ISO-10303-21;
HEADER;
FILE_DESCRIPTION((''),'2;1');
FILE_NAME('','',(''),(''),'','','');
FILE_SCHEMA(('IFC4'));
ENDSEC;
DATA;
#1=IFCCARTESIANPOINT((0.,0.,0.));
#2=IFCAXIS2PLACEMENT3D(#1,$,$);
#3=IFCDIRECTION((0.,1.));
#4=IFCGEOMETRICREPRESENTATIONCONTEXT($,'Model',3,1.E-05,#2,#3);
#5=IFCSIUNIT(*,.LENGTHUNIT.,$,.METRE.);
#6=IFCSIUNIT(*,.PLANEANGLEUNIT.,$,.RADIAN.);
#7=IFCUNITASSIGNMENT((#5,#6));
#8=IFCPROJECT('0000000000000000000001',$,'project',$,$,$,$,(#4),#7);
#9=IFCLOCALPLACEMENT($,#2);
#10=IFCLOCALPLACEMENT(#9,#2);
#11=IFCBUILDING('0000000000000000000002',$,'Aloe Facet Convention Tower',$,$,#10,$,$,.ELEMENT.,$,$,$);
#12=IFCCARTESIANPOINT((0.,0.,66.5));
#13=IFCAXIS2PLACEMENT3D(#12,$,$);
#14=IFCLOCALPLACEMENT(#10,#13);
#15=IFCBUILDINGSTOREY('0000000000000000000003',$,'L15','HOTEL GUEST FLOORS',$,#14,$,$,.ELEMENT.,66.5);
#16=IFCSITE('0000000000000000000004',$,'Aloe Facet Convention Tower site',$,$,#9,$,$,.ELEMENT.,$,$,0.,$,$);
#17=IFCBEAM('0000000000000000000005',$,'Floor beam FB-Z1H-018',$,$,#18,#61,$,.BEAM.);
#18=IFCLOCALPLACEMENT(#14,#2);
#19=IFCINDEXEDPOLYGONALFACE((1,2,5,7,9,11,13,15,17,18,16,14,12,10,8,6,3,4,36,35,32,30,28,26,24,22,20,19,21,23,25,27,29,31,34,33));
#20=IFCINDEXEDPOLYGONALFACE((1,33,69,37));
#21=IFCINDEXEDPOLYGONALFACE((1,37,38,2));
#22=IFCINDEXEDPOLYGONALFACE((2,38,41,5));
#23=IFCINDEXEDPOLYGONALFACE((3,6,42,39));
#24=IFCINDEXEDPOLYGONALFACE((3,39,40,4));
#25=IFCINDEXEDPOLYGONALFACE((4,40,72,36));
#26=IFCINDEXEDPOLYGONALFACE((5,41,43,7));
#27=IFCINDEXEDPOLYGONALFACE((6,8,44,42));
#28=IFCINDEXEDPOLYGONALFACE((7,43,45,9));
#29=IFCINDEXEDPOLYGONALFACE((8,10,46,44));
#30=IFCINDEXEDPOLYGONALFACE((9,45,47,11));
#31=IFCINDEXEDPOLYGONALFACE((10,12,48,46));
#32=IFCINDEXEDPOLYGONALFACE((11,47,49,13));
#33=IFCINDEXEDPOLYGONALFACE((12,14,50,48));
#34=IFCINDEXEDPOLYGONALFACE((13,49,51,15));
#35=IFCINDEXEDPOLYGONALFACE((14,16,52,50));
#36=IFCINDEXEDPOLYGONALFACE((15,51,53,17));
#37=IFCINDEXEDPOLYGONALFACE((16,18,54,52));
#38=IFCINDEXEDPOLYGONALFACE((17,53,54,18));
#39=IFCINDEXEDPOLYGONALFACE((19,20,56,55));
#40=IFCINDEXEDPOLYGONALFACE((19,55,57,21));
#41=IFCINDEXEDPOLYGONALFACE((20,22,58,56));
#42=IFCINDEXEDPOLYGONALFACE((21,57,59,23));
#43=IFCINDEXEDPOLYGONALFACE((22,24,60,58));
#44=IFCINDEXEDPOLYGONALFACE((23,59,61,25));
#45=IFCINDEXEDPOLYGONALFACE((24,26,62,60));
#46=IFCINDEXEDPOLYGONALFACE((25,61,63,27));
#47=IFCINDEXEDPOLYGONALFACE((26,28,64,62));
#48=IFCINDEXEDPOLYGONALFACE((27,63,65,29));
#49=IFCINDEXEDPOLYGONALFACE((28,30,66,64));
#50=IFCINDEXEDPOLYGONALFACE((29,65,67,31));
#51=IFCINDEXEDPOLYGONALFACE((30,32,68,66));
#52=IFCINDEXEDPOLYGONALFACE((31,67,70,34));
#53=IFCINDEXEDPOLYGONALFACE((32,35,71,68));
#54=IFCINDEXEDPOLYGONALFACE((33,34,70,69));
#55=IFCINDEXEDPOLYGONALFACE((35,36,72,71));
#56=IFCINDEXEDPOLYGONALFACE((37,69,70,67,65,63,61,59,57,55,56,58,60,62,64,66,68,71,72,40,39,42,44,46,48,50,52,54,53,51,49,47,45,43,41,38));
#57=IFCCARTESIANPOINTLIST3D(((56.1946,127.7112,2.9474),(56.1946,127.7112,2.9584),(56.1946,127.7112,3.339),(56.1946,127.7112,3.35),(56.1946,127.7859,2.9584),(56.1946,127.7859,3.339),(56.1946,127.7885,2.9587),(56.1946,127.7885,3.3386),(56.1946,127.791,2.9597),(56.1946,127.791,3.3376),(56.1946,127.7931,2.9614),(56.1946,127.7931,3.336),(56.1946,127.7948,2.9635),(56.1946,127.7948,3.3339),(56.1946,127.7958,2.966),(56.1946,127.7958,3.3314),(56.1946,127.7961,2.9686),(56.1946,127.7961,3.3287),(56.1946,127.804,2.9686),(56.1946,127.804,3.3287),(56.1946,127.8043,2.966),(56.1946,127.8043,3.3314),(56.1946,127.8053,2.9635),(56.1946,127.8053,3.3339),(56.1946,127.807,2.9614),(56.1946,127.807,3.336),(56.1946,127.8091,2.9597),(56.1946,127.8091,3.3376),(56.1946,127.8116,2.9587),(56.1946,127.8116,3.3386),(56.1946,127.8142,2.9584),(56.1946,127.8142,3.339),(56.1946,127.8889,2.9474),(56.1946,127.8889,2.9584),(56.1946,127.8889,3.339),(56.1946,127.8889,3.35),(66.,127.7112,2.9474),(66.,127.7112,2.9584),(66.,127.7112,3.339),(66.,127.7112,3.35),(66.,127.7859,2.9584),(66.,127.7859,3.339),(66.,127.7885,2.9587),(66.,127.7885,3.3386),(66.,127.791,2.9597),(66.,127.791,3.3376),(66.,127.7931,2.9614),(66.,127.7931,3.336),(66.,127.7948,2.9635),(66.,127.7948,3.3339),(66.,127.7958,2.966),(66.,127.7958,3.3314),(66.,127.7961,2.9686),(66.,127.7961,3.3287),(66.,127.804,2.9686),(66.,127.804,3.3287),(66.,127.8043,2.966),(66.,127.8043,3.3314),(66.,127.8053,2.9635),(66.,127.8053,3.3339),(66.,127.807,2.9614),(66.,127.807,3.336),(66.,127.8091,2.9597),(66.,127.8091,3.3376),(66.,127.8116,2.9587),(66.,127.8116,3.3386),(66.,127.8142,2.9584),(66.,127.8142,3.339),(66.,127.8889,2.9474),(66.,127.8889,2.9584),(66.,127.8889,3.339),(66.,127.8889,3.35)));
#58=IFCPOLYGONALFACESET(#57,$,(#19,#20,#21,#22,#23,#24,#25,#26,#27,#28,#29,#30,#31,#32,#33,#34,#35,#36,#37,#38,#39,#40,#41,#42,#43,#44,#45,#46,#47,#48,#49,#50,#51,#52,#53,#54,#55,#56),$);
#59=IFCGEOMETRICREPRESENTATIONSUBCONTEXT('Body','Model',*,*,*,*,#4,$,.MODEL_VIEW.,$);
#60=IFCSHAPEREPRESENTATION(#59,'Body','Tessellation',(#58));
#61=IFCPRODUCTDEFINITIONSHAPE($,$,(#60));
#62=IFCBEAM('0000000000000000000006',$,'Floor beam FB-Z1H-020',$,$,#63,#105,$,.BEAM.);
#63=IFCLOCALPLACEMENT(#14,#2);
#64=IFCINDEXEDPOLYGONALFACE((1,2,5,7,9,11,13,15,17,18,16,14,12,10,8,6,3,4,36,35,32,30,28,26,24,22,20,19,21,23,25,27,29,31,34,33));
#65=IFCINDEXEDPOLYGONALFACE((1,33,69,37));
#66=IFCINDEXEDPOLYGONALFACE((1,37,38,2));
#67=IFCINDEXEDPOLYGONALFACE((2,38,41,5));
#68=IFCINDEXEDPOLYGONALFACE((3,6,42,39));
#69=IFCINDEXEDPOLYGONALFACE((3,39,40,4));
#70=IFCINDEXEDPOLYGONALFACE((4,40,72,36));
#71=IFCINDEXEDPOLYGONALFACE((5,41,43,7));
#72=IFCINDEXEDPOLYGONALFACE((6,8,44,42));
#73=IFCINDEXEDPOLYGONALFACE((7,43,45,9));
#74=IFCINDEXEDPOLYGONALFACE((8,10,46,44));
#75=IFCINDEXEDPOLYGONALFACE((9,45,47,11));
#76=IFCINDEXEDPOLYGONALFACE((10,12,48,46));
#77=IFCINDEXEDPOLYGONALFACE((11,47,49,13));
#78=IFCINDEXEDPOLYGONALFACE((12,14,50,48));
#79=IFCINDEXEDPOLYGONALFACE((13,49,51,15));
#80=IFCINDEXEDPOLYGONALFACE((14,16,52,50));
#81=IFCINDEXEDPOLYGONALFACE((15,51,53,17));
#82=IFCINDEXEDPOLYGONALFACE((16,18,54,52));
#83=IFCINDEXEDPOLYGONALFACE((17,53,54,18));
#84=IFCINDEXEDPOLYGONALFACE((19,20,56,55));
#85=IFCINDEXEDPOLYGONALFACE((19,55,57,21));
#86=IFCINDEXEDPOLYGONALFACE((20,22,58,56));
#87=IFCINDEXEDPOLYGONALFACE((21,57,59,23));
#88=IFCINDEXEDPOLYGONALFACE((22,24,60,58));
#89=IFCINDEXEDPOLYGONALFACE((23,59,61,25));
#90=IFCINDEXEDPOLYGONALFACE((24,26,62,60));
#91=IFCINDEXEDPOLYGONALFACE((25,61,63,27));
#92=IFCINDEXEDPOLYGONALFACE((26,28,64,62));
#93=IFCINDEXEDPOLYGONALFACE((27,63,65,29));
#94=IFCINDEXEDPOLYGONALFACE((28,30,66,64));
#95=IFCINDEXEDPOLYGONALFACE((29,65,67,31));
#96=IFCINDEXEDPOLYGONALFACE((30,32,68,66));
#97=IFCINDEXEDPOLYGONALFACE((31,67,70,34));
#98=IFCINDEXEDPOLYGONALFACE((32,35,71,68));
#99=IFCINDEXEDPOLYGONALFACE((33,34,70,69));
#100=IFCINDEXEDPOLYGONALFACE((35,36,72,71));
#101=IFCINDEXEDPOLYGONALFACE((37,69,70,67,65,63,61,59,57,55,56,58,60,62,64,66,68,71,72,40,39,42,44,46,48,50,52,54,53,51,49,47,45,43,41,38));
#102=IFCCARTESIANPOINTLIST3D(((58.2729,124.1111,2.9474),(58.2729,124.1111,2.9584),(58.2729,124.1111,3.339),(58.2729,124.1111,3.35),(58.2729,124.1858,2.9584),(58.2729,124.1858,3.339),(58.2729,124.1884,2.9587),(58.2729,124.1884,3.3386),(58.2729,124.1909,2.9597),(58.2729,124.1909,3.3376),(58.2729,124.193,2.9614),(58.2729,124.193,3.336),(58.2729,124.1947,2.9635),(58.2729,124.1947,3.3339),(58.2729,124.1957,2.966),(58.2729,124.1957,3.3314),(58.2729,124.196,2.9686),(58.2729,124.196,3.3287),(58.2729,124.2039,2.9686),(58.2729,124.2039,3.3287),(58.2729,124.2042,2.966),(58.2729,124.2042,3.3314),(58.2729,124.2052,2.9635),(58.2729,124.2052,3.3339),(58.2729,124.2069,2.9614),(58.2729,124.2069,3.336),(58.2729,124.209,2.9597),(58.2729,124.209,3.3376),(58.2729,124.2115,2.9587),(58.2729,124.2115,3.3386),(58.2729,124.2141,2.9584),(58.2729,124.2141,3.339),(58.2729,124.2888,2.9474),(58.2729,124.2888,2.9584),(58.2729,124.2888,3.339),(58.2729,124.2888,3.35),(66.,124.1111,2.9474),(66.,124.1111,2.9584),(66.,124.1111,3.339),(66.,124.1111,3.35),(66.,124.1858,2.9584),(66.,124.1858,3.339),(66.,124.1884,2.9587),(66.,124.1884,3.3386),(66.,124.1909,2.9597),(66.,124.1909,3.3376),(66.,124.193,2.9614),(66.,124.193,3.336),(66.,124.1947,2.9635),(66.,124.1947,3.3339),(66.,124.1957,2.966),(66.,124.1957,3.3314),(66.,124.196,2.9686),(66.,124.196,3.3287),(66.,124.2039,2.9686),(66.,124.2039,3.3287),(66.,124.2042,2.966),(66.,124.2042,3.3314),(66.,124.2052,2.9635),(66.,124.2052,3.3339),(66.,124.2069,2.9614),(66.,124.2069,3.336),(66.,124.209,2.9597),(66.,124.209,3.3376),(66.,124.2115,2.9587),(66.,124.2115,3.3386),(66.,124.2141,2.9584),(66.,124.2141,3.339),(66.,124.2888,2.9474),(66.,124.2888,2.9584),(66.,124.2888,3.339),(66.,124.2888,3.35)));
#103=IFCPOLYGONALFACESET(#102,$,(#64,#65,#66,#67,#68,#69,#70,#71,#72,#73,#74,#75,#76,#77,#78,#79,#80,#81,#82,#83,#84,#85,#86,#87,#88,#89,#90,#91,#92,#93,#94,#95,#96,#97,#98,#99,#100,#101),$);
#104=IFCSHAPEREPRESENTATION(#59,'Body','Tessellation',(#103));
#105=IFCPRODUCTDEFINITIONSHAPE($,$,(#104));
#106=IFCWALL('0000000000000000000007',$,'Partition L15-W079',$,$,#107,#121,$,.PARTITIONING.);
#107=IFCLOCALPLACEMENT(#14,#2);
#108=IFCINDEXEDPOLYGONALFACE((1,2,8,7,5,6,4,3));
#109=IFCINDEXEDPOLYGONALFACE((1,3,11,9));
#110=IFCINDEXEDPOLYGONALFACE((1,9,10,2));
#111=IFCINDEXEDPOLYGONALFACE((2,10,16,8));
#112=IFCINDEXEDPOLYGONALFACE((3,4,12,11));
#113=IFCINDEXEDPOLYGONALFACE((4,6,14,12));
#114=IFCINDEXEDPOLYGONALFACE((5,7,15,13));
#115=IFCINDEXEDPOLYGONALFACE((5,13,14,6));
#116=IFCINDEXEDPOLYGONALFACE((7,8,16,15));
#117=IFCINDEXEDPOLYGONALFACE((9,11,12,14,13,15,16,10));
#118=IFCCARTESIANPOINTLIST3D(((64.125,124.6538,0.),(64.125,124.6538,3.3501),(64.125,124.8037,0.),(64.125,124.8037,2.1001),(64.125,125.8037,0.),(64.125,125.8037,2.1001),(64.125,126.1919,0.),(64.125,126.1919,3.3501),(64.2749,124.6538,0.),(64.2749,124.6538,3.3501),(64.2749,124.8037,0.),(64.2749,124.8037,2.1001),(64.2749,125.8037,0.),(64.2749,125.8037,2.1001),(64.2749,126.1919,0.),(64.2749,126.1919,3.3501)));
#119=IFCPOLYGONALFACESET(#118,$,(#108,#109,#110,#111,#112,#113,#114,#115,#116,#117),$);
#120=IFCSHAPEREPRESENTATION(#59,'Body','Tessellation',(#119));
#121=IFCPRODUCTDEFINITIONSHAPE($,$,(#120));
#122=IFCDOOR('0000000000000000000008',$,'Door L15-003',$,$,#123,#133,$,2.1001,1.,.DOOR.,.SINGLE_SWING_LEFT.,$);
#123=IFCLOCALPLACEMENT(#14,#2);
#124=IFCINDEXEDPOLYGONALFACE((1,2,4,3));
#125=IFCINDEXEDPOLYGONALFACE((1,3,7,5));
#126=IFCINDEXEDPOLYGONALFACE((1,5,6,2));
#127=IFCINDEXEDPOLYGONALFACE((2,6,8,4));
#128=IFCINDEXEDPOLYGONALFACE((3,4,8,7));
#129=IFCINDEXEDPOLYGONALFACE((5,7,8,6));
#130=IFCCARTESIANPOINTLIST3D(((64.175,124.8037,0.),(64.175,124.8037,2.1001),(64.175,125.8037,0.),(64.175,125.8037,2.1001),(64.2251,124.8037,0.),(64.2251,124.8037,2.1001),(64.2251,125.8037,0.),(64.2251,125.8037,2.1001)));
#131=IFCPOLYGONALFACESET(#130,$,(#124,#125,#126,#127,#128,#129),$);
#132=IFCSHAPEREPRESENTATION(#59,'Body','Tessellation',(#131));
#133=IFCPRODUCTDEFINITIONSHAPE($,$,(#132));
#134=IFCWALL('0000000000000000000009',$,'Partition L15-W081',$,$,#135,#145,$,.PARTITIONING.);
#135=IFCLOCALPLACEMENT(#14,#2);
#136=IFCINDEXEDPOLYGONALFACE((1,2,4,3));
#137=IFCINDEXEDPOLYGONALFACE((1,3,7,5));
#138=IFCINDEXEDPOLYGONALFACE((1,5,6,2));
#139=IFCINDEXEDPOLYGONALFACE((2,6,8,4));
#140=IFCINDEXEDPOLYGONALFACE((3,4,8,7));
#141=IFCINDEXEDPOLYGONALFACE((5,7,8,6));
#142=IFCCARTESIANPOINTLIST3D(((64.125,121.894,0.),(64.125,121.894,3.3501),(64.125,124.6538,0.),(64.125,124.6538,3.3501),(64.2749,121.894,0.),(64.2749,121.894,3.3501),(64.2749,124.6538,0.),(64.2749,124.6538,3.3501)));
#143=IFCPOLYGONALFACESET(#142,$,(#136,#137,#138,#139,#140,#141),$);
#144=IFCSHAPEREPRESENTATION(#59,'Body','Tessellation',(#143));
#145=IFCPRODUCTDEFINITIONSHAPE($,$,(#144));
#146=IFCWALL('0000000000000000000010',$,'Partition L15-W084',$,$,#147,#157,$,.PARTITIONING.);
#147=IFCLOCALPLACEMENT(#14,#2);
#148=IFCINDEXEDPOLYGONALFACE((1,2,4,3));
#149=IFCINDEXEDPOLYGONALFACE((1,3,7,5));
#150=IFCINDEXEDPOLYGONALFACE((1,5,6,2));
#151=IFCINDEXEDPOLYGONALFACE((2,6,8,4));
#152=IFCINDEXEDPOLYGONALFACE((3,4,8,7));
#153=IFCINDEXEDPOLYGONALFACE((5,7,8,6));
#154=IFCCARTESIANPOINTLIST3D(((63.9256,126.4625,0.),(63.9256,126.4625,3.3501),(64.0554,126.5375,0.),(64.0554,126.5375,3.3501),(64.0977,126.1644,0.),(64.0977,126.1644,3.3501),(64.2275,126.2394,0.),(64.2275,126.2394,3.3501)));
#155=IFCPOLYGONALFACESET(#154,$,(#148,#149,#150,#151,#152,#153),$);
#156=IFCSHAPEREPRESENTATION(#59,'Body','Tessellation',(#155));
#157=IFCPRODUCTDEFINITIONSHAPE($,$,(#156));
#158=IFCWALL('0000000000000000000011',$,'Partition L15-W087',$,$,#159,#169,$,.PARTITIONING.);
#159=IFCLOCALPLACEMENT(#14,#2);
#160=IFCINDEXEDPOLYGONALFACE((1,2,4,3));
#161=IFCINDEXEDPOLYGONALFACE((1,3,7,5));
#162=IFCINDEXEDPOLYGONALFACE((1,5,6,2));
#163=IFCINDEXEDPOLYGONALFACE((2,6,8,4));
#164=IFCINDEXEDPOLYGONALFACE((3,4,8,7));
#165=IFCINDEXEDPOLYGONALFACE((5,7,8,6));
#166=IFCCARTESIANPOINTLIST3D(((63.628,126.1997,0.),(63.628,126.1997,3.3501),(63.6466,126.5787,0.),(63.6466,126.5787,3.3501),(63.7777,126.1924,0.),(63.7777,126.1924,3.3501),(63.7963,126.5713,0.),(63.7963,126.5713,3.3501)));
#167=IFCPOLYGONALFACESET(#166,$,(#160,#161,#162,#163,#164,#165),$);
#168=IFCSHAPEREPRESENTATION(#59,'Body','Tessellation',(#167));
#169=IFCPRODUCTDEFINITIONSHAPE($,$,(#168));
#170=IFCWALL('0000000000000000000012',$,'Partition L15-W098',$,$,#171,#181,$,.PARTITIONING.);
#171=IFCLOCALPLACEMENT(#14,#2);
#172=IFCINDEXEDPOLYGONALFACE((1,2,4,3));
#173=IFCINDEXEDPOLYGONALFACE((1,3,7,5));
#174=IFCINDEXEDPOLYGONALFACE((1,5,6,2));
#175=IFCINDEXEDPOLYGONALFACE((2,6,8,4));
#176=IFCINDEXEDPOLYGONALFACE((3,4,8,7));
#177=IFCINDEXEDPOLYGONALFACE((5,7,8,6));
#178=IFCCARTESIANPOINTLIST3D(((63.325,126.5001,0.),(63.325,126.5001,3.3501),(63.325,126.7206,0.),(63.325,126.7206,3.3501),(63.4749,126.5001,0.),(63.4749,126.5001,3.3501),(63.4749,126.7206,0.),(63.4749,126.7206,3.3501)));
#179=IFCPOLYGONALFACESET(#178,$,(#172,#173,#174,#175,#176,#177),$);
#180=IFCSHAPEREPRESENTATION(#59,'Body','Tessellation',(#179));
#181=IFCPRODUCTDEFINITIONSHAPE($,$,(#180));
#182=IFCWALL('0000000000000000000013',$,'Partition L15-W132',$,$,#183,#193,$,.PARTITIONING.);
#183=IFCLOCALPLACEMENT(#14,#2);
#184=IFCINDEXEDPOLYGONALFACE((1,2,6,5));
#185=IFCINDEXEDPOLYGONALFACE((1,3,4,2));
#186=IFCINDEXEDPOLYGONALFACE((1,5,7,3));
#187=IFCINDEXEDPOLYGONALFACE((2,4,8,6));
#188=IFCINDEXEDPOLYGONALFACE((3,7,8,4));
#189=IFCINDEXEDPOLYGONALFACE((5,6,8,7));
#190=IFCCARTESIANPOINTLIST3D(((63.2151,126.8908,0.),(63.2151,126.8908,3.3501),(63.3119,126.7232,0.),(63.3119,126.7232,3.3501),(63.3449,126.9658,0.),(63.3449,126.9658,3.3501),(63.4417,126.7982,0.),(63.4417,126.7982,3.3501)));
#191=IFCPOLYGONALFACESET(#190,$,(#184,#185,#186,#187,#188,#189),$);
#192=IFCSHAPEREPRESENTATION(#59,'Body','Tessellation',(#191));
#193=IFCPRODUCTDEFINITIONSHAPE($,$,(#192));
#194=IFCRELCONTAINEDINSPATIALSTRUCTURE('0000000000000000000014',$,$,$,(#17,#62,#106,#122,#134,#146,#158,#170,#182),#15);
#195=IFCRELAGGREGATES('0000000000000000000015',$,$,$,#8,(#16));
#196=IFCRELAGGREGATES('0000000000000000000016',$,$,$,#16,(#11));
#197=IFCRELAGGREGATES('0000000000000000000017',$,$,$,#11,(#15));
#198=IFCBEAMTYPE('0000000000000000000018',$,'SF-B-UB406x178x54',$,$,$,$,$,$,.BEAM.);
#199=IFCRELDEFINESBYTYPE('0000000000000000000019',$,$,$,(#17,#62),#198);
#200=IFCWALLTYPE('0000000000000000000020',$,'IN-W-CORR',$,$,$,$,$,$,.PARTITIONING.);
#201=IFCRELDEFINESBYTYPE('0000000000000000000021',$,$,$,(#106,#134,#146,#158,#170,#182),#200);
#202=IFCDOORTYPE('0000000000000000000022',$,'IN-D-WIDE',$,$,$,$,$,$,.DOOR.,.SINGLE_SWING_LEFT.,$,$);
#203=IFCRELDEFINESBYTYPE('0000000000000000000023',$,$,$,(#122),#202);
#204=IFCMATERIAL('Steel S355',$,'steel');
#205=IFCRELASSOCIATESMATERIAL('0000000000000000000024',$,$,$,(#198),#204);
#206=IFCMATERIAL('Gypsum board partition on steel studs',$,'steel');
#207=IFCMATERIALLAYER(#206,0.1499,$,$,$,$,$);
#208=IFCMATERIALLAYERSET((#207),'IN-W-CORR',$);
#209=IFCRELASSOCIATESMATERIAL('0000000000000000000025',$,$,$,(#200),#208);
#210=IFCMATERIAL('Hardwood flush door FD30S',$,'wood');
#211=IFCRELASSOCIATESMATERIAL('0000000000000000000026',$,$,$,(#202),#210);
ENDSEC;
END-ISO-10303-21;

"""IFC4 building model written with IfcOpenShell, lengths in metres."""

from ifc_helpers import new_model, si_unit, direction, frame, frame_2d, origin, origin_2d, place, context, subcontext, project, spatial, rectangle, i_section, extrude, material, layer, layer_set, material_profile, profile_set, type_object, element, fill, save


model = new_model("IFC4")

# Units and contexts
model_context = context("Model", 3, precision=1e-05, world=origin(), true_north=direction((0.0, 1.0)))
body_context = subcontext(model_context, "Body", "Model", "MODEL_VIEW")
ifc_project = project(units=[si_unit("LENGTHUNIT", "METRE"), si_unit("PLANEANGLEUNIT", "RADIAN")], contexts=[model_context])

# Site, building, storey
site_placement = place(None, origin())
site = spatial("IfcSite", under=ifc_project, at=site_placement, Name="Aloe Facet Convention Tower site", CompositionType="ELEMENT", RefElevation=0.0)
building_placement = place(site_placement, origin())
building = spatial("IfcBuilding", under=site, at=building_placement, Name="Aloe Facet Convention Tower", CompositionType="ELEMENT")
storey_placement = place(building_placement, frame((0.0, 0.0, 66.5)))
storey = spatial("IfcBuildingStorey", under=building, at=storey_placement, Name="L15", Description="HOTEL GUEST FLOORS", CompositionType="ELEMENT", Elevation=66.5)

# Beams
ifc_material_1 = material(Name="Steel S355", Category="steel")
ifc_material_profile = material_profile(ifc_material_1, i_section(OverallWidth=0.1777, OverallDepth=0.4026, WebThickness=0.0078, FlangeThickness=0.011, FilletRadius=0.0103, at=origin_2d()), Name="UB 406x178x54")
ifc_profile_set = profile_set([ifc_material_profile], Name="Steel S355")
beam_type = type_object("IfcBeamType", Name="SF-B-UB406x178x54", PredefinedType="BEAM", material=ifc_profile_set)
beam_1_placement = place(storey_placement, frame((56.1946, 127.8, 3.1487), z_axis=(1.0, 0.0, 0.0), x_axis=(0.0, 1.0, 0.0)))
element("IfcBeam", 1, at=beam_1_placement, inside=storey, type_object=beam_type, Name="Floor beam FB-Z1H-018", PredefinedType="BEAM", context=body_context, shape_type="SweptSolid", body=[
    extrude(i_section(OverallWidth=0.1777, OverallDepth=0.4026, WebThickness=0.0078, FlangeThickness=0.011, FilletRadius=0.0103, at=origin_2d()), origin(), (0.0, 0.0, 1.0), 9.8054),
])
beam_2_placement = place(storey_placement, frame((58.2729, 124.2, 3.1487), z_axis=(1.0, 0.0, 0.0), x_axis=(0.0, 1.0, 0.0)))
element("IfcBeam", 2, at=beam_2_placement, inside=storey, type_object=beam_type, Name="Floor beam FB-Z1H-020", PredefinedType="BEAM", context=body_context, shape_type="SweptSolid", body=[
    extrude(i_section(OverallWidth=0.1777, OverallDepth=0.4026, WebThickness=0.0078, FlangeThickness=0.011, FilletRadius=0.0103, at=origin_2d()), origin(), (0.0, 0.0, 1.0), 7.7271),
])

# Wall, opening, door
ifc_material_2 = material(Name="Gypsum board partition on steel studs", Category="steel")
ifc_layer_1 = layer(ifc_material_2, 0.1499)
ifc_layer_set_1 = layer_set([ifc_layer_1], Name="IN-W-CORR")
wall_type_1 = type_object("IfcWallType", Name="IN-W-CORR", PredefinedType="PARTITIONING", material=ifc_layer_set_1)
wall_1_placement = place(storey_placement, frame((64.2, 124.6538, 0.0), z_axis=(0.0, 0.0, 1.0), x_axis=(0.0, 1.0, 0.0)))
wall_1 = element("IfcWall", 3, at=wall_1_placement, inside=storey, type_object=wall_type_1, Name="Partition L15-W079", PredefinedType="PARTITIONING", context=body_context, shape_type="SweptSolid", body=[
    extrude(rectangle(XDim=1.5381, YDim=0.1499, at=frame_2d((0.769, 0.0))), origin(), (0.0, 0.0, 1.0), 3.3501),
])
opening_1_placement = place(wall_1_placement, frame((0.1499, 0.0, 0.0)))
opening_1 = element("IfcOpeningElement", 4, at=opening_1_placement, cuts=wall_1, PredefinedType="OPENING", context=body_context, shape_type="SweptSolid", body=[
    extrude(rectangle(XDim=1.0, YDim=2.1001, at=frame_2d((0.5, 1.05))), frame((0.0, 0.085, 0.0), z_axis=(0.0, -1.0, 0.0), x_axis=(1.0, 0.0, 0.0)), (0.0, 0.0, 1.0), 0.1699),
])
ifc_material_3 = material(Name="Hardwood flush door FD30S", Category="wood")
door_type_1 = type_object("IfcDoorType", Name="IN-D-WIDE", OperationType="SINGLE_SWING_LEFT", PredefinedType="DOOR", material=ifc_material_3)
door_1_placement = place(opening_1_placement, origin())
door_1 = element("IfcDoor", 5, at=door_1_placement, inside=storey, type_object=door_type_1, Name="Door L15-003", OperationType="SINGLE_SWING_LEFT", OverallHeight=2.1001, OverallWidth=1.0, PredefinedType="DOOR", context=body_context, shape_type="SweptSolid", body=[
    extrude(rectangle(XDim=1.0, YDim=2.1001, at=frame_2d((0.5, 1.05))), frame((0.0, 0.0249, 0.0), z_axis=(0.0, -1.0, 0.0), x_axis=(1.0, 0.0, 0.0)), (0.0, 0.0, 1.0), 0.05),
])
fill(opening_1, door_1)

# Walls
wall_2_placement = place(storey_placement, frame((64.2, 121.894, 0.0), z_axis=(0.0, 0.0, 1.0), x_axis=(0.0, 1.0, 0.0)))
element("IfcWall", 6, at=wall_2_placement, inside=storey, type_object=wall_type_1, Name="Partition L15-W081", PredefinedType="PARTITIONING", context=body_context, shape_type="SweptSolid", body=[
    extrude(rectangle(XDim=2.7598, YDim=0.1499, at=frame_2d((1.3799, 0.0))), origin(), (0.0, 0.0, 1.0), 3.3501),
])
wall_3_placement = place(storey_placement, frame((63.9905, 126.5, 0.0), z_axis=(0.0, 0.0, 1.0), x_axis=(0.500029, -0.866008, 0.0)))
element("IfcWall", 7, at=wall_3_placement, inside=storey, type_object=wall_type_1, Name="Partition L15-W084", PredefinedType="PARTITIONING", context=body_context, shape_type="SweptSolid", body=[
    extrude(rectangle(XDim=0.3442, YDim=0.1499, at=frame_2d((0.1721, 0.0))), origin(), (0.0, 0.0, 1.0), 3.3501),
])
wall_4_placement = place(storey_placement, frame((63.7029, 126.196, 0.0), z_axis=(0.0, 0.0, 1.0), x_axis=(0.04891, 0.998803, 0.0)))
element("IfcWall", 8, at=wall_4_placement, inside=storey, type_object=wall_type_1, Name="Partition L15-W087", PredefinedType="PARTITIONING", context=body_context, shape_type="SweptSolid", body=[
    extrude(rectangle(XDim=0.3794, YDim=0.1499, at=frame_2d((0.1897, 0.0))), origin(), (0.0, 0.0, 1.0), 3.3501),
])
wall_5_placement = place(storey_placement, frame((63.3999, 126.5, 0.0), z_axis=(0.0, 0.0, 1.0), x_axis=(0.0, 1.0, 0.0)))
element("IfcWall", 9, at=wall_5_placement, inside=storey, type_object=wall_type_1, Name="Partition L15-W098", PredefinedType="PARTITIONING", context=body_context, shape_type="SweptSolid", body=[
    extrude(rectangle(XDim=0.2205, YDim=0.1499, at=frame_2d((0.1104, 0.0))), origin(), (0.0, 0.0, 1.0), 3.3501),
])
wall_6_placement = place(storey_placement, frame((63.28, 126.9282, 0.0), z_axis=(0.0, 0.0, 1.0), x_axis=(0.500341, -0.865829, 0.0)))
element("IfcWall", 10, at=wall_6_placement, inside=storey, type_object=wall_type_1, Name="Partition L15-W132", PredefinedType="PARTITIONING", context=body_context, shape_type="SweptSolid", body=[
    extrude(rectangle(XDim=0.1936, YDim=0.1499, at=frame_2d((0.0967, 0.0))), origin(), (0.0, 0.0, 1.0), 3.3501),
])

save(model, "model.ifc")
